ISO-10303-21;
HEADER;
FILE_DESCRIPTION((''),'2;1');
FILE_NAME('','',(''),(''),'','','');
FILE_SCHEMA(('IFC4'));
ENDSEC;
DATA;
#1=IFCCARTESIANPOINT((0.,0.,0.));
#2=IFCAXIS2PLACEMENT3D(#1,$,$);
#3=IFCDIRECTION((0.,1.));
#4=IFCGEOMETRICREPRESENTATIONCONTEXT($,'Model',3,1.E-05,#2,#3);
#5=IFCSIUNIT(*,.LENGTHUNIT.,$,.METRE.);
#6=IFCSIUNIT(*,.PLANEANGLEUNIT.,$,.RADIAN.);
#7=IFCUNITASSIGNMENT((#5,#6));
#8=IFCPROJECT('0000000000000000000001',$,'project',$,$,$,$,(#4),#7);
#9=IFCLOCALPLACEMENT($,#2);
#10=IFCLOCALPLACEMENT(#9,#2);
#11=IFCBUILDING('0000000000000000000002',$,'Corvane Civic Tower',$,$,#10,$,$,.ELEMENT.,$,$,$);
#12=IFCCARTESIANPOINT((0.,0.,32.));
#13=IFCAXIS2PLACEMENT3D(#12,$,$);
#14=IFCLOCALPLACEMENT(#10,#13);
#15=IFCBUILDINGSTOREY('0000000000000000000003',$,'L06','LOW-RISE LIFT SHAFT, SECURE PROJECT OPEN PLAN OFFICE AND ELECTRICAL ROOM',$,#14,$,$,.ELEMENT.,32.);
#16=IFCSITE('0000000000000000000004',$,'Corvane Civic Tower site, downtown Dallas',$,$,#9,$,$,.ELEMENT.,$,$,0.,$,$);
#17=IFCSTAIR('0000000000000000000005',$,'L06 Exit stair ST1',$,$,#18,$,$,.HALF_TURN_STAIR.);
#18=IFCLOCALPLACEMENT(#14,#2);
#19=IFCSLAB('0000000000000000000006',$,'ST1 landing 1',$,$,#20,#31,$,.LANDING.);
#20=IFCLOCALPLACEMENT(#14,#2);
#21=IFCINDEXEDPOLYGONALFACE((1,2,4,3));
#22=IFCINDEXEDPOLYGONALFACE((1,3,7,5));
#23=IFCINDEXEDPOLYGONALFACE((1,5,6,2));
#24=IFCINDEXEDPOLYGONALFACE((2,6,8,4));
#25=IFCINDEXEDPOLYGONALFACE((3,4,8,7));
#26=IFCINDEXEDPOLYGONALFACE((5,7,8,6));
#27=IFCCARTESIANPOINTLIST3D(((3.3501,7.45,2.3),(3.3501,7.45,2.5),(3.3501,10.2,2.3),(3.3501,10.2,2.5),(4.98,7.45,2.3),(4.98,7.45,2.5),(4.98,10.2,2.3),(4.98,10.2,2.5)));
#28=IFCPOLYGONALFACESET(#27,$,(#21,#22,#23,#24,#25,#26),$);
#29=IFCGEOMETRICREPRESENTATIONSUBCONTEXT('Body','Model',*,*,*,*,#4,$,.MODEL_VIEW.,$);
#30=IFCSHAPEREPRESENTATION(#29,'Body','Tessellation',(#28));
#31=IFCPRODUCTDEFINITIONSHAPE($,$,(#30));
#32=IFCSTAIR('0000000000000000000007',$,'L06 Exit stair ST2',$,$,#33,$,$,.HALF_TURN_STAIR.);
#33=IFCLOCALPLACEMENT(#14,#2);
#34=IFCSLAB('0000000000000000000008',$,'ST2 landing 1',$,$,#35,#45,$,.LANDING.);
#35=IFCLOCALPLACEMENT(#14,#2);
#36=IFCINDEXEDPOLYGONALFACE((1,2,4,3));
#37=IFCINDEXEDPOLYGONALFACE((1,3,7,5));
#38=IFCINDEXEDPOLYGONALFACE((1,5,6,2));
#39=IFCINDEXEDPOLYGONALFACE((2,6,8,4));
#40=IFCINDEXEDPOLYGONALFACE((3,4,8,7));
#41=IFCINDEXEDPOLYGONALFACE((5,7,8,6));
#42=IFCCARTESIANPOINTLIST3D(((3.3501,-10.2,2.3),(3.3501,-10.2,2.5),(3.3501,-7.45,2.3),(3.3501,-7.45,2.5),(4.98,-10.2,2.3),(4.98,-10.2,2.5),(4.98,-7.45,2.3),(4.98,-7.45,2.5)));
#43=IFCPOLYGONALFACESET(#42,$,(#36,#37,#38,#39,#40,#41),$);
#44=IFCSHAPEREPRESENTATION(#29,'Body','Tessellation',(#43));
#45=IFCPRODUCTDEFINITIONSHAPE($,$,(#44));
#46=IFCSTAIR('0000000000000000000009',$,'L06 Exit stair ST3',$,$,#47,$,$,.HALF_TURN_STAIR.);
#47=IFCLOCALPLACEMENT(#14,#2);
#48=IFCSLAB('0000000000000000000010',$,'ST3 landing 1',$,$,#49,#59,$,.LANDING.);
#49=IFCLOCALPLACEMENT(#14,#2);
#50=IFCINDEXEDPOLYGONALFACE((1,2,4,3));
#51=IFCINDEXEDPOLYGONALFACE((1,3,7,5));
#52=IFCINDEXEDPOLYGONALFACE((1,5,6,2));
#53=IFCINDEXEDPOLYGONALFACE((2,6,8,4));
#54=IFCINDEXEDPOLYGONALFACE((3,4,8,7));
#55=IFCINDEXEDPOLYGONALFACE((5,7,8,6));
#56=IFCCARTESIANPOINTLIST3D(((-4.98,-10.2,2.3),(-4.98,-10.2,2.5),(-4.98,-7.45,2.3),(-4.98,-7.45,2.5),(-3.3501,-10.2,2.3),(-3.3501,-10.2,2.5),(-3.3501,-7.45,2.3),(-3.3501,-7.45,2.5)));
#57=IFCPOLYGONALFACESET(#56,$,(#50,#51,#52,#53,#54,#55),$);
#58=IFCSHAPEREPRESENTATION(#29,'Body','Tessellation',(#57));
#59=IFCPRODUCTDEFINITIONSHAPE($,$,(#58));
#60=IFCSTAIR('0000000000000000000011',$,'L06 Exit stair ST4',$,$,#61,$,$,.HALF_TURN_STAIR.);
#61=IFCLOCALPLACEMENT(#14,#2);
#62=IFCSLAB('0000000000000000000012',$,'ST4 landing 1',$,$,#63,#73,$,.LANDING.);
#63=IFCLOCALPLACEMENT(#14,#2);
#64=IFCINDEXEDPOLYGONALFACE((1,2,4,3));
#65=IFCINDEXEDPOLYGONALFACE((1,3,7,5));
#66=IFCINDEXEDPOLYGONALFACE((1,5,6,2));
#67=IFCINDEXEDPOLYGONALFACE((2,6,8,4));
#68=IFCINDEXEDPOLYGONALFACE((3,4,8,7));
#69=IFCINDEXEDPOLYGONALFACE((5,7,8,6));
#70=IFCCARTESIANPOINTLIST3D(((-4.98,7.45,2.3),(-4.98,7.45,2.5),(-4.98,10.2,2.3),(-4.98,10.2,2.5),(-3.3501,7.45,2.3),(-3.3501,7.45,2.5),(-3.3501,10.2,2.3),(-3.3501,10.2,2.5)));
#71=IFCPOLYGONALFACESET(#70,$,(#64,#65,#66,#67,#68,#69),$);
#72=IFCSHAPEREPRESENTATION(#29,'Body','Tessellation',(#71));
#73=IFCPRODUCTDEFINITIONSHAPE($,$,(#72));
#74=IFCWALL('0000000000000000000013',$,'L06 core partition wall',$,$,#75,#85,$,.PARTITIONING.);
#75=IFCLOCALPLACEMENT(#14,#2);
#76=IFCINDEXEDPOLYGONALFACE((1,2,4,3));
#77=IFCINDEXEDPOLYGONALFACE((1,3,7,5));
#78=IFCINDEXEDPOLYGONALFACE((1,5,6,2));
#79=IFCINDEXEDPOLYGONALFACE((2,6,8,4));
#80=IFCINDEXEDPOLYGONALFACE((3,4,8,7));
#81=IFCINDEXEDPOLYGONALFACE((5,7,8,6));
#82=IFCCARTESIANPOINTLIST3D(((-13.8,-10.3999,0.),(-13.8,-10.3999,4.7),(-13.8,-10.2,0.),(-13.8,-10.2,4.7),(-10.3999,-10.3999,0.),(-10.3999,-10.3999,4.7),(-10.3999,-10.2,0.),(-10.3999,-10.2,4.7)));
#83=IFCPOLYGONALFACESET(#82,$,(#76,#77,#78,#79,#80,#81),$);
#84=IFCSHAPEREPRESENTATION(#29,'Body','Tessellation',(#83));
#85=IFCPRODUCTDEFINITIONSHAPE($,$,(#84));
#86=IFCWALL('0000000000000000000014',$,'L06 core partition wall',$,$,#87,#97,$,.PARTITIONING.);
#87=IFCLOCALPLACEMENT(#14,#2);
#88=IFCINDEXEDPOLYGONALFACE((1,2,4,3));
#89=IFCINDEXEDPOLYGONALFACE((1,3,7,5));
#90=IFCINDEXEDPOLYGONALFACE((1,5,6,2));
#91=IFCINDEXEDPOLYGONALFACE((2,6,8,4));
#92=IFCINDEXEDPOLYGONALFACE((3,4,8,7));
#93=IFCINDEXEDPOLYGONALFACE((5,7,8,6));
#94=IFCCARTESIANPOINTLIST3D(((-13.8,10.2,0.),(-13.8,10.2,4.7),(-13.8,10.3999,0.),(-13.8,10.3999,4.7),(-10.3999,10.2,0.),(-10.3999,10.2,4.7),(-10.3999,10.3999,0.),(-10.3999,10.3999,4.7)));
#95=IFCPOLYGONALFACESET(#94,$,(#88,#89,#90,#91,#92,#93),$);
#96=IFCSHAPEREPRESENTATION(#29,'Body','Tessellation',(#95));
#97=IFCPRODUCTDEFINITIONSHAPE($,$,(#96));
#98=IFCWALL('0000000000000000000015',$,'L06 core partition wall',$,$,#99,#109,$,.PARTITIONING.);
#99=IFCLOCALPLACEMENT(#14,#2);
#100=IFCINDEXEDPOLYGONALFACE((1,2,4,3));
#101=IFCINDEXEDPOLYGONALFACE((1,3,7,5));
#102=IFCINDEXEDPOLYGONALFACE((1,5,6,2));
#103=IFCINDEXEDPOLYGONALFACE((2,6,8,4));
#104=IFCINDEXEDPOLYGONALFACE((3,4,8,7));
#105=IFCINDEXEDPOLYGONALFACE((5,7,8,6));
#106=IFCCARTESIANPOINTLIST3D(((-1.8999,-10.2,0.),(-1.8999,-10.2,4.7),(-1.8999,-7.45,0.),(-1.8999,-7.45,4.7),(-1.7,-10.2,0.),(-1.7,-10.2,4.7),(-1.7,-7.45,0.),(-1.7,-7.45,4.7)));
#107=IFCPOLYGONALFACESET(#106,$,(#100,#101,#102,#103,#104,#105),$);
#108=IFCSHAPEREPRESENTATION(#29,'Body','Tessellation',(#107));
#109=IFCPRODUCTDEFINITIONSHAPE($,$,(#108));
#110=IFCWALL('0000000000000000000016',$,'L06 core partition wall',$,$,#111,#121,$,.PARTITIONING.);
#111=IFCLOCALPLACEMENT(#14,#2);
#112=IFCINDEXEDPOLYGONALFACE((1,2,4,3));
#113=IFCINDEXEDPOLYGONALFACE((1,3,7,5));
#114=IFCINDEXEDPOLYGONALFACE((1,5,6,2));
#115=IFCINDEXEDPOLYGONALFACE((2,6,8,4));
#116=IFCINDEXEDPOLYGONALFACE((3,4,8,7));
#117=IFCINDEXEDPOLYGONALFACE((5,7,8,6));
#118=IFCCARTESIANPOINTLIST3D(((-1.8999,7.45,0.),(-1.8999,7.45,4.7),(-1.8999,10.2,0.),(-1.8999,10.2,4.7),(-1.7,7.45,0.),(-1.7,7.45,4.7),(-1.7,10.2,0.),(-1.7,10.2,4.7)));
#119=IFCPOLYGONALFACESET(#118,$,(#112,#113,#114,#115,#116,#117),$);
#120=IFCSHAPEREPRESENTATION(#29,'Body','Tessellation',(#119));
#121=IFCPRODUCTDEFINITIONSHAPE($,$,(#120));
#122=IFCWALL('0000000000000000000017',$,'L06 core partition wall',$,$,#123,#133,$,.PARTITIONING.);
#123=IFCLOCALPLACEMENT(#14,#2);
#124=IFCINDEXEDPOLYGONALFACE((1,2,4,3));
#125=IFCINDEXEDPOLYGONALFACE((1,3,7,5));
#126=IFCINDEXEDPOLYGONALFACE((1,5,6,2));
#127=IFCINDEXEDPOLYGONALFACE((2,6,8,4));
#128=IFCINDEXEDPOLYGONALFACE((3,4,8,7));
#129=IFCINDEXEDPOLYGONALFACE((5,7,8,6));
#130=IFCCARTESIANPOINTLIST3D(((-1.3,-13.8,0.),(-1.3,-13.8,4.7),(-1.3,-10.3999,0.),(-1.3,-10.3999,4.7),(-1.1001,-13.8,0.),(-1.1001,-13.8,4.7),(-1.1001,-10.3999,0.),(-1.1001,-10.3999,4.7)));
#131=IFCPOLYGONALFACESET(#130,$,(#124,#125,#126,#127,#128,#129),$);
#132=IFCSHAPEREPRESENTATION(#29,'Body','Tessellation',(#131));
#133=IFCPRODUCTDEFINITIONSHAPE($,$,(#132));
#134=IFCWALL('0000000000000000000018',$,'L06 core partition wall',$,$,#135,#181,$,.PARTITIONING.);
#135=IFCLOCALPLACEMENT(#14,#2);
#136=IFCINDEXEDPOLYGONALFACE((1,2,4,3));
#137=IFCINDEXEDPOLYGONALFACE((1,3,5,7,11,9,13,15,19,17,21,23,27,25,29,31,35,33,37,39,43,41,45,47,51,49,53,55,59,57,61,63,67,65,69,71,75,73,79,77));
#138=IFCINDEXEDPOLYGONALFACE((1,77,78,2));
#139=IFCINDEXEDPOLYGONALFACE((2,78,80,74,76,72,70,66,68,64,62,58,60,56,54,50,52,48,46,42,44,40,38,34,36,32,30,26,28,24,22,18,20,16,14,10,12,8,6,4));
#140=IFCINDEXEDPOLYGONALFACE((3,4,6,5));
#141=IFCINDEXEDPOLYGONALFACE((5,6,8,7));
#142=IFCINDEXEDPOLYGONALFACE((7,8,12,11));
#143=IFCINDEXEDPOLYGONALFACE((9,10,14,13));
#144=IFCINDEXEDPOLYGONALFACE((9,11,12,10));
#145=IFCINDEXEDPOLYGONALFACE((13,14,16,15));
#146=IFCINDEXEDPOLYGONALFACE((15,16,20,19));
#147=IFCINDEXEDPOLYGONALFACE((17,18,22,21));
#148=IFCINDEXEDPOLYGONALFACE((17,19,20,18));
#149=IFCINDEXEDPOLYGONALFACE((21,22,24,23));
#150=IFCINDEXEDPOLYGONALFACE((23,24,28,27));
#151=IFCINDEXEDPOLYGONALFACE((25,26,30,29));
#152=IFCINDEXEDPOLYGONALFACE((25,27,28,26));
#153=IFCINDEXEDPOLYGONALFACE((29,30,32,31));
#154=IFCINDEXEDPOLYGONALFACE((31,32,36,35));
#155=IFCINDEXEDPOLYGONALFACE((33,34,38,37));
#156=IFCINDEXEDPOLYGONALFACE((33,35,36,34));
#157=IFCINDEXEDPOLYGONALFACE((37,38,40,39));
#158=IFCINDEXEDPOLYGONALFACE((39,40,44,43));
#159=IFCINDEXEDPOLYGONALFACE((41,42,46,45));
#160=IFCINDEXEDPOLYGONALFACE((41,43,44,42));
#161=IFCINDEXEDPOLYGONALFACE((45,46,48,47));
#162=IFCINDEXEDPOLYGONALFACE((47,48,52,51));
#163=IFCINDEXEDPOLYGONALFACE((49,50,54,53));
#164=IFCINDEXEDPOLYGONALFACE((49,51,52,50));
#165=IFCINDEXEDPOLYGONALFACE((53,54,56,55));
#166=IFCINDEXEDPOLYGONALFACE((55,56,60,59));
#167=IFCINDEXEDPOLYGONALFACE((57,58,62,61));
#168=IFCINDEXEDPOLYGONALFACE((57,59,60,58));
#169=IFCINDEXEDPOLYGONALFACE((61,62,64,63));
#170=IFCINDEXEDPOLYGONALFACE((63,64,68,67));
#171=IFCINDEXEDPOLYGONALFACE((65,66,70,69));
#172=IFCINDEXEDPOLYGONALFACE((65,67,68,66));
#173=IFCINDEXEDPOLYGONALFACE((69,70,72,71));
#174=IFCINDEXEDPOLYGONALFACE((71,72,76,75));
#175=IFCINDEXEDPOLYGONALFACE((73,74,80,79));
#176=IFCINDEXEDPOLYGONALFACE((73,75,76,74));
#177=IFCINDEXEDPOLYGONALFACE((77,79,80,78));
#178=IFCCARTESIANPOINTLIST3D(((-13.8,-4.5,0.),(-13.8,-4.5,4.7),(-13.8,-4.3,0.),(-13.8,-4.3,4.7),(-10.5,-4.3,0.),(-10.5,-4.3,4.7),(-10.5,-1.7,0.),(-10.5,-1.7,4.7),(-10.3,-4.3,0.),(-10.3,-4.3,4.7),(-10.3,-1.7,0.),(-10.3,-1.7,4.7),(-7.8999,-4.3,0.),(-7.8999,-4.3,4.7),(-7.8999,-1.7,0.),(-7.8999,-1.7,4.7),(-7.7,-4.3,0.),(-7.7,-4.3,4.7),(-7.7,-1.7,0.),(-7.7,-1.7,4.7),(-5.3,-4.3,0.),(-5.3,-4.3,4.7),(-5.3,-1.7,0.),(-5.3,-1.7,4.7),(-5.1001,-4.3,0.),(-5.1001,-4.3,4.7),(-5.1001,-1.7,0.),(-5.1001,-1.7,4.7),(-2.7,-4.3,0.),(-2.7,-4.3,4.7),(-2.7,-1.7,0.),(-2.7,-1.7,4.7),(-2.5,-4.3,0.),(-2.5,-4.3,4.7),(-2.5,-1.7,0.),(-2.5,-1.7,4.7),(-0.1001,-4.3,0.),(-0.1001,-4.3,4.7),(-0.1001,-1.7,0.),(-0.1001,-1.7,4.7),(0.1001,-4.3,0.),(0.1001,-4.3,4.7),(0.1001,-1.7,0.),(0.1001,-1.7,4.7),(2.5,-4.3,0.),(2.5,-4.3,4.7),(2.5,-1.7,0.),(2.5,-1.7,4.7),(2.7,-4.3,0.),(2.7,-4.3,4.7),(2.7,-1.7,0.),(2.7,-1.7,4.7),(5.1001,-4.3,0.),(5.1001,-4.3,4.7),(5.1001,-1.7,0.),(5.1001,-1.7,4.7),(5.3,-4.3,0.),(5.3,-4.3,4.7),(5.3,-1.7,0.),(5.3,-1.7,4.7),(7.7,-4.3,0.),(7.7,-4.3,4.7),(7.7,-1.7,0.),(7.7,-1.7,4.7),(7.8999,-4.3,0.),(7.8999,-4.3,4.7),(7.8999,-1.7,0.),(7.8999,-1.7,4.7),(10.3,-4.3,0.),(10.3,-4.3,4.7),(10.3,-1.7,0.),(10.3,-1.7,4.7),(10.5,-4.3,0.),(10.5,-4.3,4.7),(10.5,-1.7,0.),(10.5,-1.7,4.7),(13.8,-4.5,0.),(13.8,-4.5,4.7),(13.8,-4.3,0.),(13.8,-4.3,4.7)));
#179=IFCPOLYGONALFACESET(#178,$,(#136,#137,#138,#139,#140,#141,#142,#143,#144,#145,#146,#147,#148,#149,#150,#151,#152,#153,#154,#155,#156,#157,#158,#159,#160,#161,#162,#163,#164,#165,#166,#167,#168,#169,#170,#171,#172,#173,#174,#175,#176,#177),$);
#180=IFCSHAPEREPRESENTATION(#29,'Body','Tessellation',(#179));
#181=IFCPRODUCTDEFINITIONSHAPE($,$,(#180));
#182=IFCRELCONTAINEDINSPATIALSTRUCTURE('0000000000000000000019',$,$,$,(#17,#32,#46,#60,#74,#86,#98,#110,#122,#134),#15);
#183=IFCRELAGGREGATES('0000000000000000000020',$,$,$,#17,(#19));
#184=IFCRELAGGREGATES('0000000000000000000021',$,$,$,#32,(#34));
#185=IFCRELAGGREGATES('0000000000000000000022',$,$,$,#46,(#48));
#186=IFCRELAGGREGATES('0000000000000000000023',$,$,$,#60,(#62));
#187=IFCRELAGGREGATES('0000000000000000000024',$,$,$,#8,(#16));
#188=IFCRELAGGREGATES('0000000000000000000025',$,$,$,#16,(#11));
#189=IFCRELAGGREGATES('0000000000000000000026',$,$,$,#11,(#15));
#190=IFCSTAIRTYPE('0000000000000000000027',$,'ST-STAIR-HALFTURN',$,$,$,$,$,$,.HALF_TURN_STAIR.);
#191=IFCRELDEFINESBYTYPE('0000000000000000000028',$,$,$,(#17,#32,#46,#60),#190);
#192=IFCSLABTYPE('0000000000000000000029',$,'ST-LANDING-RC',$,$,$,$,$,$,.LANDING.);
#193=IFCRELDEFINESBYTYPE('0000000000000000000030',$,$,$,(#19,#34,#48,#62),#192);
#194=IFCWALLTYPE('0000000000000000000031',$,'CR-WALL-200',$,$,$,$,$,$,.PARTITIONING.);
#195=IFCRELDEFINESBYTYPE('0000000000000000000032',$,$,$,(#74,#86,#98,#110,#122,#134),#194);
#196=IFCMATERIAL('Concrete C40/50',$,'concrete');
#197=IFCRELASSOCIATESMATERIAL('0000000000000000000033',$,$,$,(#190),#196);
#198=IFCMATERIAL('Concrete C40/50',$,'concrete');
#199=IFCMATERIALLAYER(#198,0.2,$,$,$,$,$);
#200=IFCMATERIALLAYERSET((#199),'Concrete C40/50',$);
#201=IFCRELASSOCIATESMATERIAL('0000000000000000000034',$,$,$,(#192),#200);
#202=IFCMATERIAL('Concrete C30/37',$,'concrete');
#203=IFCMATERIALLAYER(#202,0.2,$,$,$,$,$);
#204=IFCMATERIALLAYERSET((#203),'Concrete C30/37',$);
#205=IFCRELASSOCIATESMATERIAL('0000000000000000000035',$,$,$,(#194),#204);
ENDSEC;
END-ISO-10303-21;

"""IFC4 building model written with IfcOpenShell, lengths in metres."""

from ifc_helpers import new_model, si_unit, direction, frame, origin, place, context, subcontext, project, spatial, polyline, outline, extrude, material, layer, layer_set, type_object, element, aggregate, save


model = new_model("IFC4")

# Units and contexts
model_context = context("Model", 3, precision=1e-05, world=origin(), true_north=direction((0.0, 1.0)))
body_context = subcontext(model_context, "Body", "Model", "MODEL_VIEW")
ifc_project = project(units=[si_unit("LENGTHUNIT", "METRE"), si_unit("PLANEANGLEUNIT", "RADIAN")], contexts=[model_context])

# Site, building, storey
site_placement = place(None, origin())
site = spatial("IfcSite", under=ifc_project, at=site_placement, Name="Corvane Civic Tower site, downtown Dallas", CompositionType="ELEMENT", RefElevation=0.0)
building_placement = place(site_placement, origin())
building = spatial("IfcBuilding", under=site, at=building_placement, Name="Corvane Civic Tower", CompositionType="ELEMENT")
storey_placement = place(building_placement, frame((0.0, 0.0, 32.0)))
storey = spatial("IfcBuildingStorey", under=building, at=storey_placement, Name="L06", Description="LOW-RISE LIFT SHAFT, SECURE PROJECT OPEN PLAN OFFICE AND ELECTRICAL ROOM", CompositionType="ELEMENT", Elevation=32.0)

# Stairs, slabs
ifc_material_1 = material(Name="Concrete C40/50", Category="concrete")
stair_type = type_object("IfcStairType", Name="ST-STAIR-HALFTURN", PredefinedType="HALF_TURN_STAIR", material=ifc_material_1)
stair_1_placement = place(storey_placement, origin())
stair_1 = element("IfcStair", 1, at=stair_1_placement, inside=storey, type_object=stair_type, Name="L06 Exit stair ST1", PredefinedType="HALF_TURN_STAIR")
ifc_material_2 = material(Name="Concrete C40/50", Category="concrete")
ifc_layer_1 = layer(ifc_material_2, 0.2)
ifc_layer_set_1 = layer_set([ifc_layer_1], Name="Concrete C40/50")
slab_type_1 = type_object("IfcSlabType", Name="ST-LANDING-RC", PredefinedType="LANDING", material=ifc_layer_set_1)
slab_1_placement = place(storey_placement, frame((0.0, 0.0, 2.3)))
slab_1 = element("IfcSlab", 2, at=slab_1_placement, type_object=slab_type_1, Name="ST1 landing 1", PredefinedType="LANDING", context=body_context, shape_type="SweptSolid", body=[
    extrude(outline(polyline([(4.98, 10.2), (3.3501, 10.2), (3.3501, 7.45), (4.98, 7.45), (4.98, 10.2)])), origin(), (0.0, 0.0, 1.0), 0.2),
])
aggregate(stair_1, [slab_1])
stair_2_placement = place(storey_placement, origin())
stair_2 = element("IfcStair", 3, at=stair_2_placement, inside=storey, type_object=stair_type, Name="L06 Exit stair ST2", PredefinedType="HALF_TURN_STAIR")
slab_2_placement = place(storey_placement, frame((0.0, 0.0, 2.3)))
slab_2 = element("IfcSlab", 4, at=slab_2_placement, type_object=slab_type_1, Name="ST2 landing 1", PredefinedType="LANDING", context=body_context, shape_type="SweptSolid", body=[
    extrude(outline(polyline([(4.98, -7.45), (3.3501, -7.45), (3.3501, -10.2), (4.98, -10.2), (4.98, -7.45)])), origin(), (0.0, 0.0, 1.0), 0.2),
])
aggregate(stair_2, [slab_2])
stair_3_placement = place(storey_placement, origin())
stair_3 = element("IfcStair", 5, at=stair_3_placement, inside=storey, type_object=stair_type, Name="L06 Exit stair ST3", PredefinedType="HALF_TURN_STAIR")
slab_3_placement = place(storey_placement, frame((0.0, 0.0, 2.3)))
slab_3 = element("IfcSlab", 6, at=slab_3_placement, type_object=slab_type_1, Name="ST3 landing 1", PredefinedType="LANDING", context=body_context, shape_type="SweptSolid", body=[
    extrude(outline(polyline([(-4.98, -10.2), (-3.3501, -10.2), (-3.3501, -7.45), (-4.98, -7.45), (-4.98, -10.2)])), origin(), (0.0, 0.0, 1.0), 0.2),
])
aggregate(stair_3, [slab_3])
stair_4_placement = place(storey_placement, origin())
stair_4 = element("IfcStair", 7, at=stair_4_placement, inside=storey, type_object=stair_type, Name="L06 Exit stair ST4", PredefinedType="HALF_TURN_STAIR")
slab_4_placement = place(storey_placement, frame((0.0, 0.0, 2.3)))
slab_4 = element("IfcSlab", 8, at=slab_4_placement, type_object=slab_type_1, Name="ST4 landing 1", PredefinedType="LANDING", context=body_context, shape_type="SweptSolid", body=[
    extrude(outline(polyline([(-4.98, 7.45), (-3.3501, 7.45), (-3.3501, 10.2), (-4.98, 10.2), (-4.98, 7.45)])), origin(), (0.0, 0.0, 1.0), 0.2),
])
aggregate(stair_4, [slab_4])

# Walls
ifc_material_3 = material(Name="Concrete C30/37", Category="concrete")
ifc_layer_2 = layer(ifc_material_3, 0.2)
ifc_layer_set_2 = layer_set([ifc_layer_2], Name="Concrete C30/37")
wall_type_1 = type_object("IfcWallType", Name="CR-WALL-200", PredefinedType="PARTITIONING", material=ifc_layer_set_2)
wall_1_placement = place(storey_placement, origin())
element("IfcWall", 9, at=wall_1_placement, inside=storey, type_object=wall_type_1, Name="L06 core partition wall", PredefinedType="PARTITIONING", context=body_context, shape_type="SweptSolid", body=[
    extrude(outline(polyline([(-10.3999, -10.3999), (-13.8, -10.3999), (-13.8, -10.2), (-10.3999, -10.2), (-10.3999, -10.3999)])), origin(), (0.0, 0.0, 1.0), 4.7),
])
wall_2_placement = place(storey_placement, origin())
element("IfcWall", 10, at=wall_2_placement, inside=storey, type_object=wall_type_1, Name="L06 core partition wall", PredefinedType="PARTITIONING", context=body_context, shape_type="SweptSolid", body=[
    extrude(outline(polyline([(-13.8, 10.2), (-13.8, 10.3999), (-10.3999, 10.3999), (-10.3999, 10.2), (-13.8, 10.2)])), origin(), (0.0, 0.0, 1.0), 4.7),
])
wall_3_placement = place(storey_placement, origin())
element("IfcWall", 11, at=wall_3_placement, inside=storey, type_object=wall_type_1, Name="L06 core partition wall", PredefinedType="PARTITIONING", context=body_context, shape_type="SweptSolid", body=[
    extrude(outline(polyline([(-1.7, -7.45), (-1.7, -10.2), (-1.8999, -10.2), (-1.8999, -7.45), (-1.7, -7.45)])), origin(), (0.0, 0.0, 1.0), 4.7),
])
wall_4_placement = place(storey_placement, origin())
element("IfcWall", 12, at=wall_4_placement, inside=storey, type_object=wall_type_1, Name="L06 core partition wall", PredefinedType="PARTITIONING", context=body_context, shape_type="SweptSolid", body=[
    extrude(outline(polyline([(-1.7, 10.2), (-1.7, 7.45), (-1.8999, 7.45), (-1.8999, 10.2), (-1.7, 10.2)])), origin(), (0.0, 0.0, 1.0), 4.7),
])
wall_5_placement = place(storey_placement, origin())
element("IfcWall", 13, at=wall_5_placement, inside=storey, type_object=wall_type_1, Name="L06 core partition wall", PredefinedType="PARTITIONING", context=body_context, shape_type="SweptSolid", body=[
    extrude(outline(polyline([(-1.1001, -13.8), (-1.3, -13.8), (-1.3, -10.3999), (-1.1001, -10.3999), (-1.1001, -13.8)])), origin(), (0.0, 0.0, 1.0), 4.7),
])
wall_6_placement = place(storey_placement, origin())
element("IfcWall", 14, at=wall_6_placement, inside=storey, type_object=wall_type_1, Name="L06 core partition wall", PredefinedType="PARTITIONING", context=body_context, shape_type="SweptSolid", body=[
    extrude(outline(polyline([(-10.3, -1.7), (-10.3, -4.3), (-7.8999, -4.3), (-7.8999, -1.7), (-7.7, -1.7), (-7.7, -4.3), (-5.3, -4.3), (-5.3, -1.7), (-5.1001, -1.7), (-5.1001, -4.3), (-2.7, -4.3), (-2.7, -1.7), (-2.5, -1.7), (-2.5, -4.3), (-0.1001, -4.3), (-0.1001, -1.7), (0.1001, -1.7), (0.1001, -4.3), (2.5, -4.3), (2.5, -1.7), (2.7, -1.7), (2.7, -4.3), (5.1001, -4.3), (5.1001, -1.7), (5.3, -1.7), (5.3, -4.3), (7.7, -4.3), (7.7, -1.7), (7.8999, -1.7), (7.8999, -4.3), (10.3, -4.3), (10.3, -1.7), (10.5, -1.7), (10.5, -4.3), (13.8, -4.3), (13.8, -4.5), (-13.8, -4.5), (-13.8, -4.3), (-10.5, -4.3), (-10.5, -1.7), (-10.3, -1.7)])), origin(), (0.0, 0.0, 1.0), 4.7),
])

save(model, "model.ifc")
